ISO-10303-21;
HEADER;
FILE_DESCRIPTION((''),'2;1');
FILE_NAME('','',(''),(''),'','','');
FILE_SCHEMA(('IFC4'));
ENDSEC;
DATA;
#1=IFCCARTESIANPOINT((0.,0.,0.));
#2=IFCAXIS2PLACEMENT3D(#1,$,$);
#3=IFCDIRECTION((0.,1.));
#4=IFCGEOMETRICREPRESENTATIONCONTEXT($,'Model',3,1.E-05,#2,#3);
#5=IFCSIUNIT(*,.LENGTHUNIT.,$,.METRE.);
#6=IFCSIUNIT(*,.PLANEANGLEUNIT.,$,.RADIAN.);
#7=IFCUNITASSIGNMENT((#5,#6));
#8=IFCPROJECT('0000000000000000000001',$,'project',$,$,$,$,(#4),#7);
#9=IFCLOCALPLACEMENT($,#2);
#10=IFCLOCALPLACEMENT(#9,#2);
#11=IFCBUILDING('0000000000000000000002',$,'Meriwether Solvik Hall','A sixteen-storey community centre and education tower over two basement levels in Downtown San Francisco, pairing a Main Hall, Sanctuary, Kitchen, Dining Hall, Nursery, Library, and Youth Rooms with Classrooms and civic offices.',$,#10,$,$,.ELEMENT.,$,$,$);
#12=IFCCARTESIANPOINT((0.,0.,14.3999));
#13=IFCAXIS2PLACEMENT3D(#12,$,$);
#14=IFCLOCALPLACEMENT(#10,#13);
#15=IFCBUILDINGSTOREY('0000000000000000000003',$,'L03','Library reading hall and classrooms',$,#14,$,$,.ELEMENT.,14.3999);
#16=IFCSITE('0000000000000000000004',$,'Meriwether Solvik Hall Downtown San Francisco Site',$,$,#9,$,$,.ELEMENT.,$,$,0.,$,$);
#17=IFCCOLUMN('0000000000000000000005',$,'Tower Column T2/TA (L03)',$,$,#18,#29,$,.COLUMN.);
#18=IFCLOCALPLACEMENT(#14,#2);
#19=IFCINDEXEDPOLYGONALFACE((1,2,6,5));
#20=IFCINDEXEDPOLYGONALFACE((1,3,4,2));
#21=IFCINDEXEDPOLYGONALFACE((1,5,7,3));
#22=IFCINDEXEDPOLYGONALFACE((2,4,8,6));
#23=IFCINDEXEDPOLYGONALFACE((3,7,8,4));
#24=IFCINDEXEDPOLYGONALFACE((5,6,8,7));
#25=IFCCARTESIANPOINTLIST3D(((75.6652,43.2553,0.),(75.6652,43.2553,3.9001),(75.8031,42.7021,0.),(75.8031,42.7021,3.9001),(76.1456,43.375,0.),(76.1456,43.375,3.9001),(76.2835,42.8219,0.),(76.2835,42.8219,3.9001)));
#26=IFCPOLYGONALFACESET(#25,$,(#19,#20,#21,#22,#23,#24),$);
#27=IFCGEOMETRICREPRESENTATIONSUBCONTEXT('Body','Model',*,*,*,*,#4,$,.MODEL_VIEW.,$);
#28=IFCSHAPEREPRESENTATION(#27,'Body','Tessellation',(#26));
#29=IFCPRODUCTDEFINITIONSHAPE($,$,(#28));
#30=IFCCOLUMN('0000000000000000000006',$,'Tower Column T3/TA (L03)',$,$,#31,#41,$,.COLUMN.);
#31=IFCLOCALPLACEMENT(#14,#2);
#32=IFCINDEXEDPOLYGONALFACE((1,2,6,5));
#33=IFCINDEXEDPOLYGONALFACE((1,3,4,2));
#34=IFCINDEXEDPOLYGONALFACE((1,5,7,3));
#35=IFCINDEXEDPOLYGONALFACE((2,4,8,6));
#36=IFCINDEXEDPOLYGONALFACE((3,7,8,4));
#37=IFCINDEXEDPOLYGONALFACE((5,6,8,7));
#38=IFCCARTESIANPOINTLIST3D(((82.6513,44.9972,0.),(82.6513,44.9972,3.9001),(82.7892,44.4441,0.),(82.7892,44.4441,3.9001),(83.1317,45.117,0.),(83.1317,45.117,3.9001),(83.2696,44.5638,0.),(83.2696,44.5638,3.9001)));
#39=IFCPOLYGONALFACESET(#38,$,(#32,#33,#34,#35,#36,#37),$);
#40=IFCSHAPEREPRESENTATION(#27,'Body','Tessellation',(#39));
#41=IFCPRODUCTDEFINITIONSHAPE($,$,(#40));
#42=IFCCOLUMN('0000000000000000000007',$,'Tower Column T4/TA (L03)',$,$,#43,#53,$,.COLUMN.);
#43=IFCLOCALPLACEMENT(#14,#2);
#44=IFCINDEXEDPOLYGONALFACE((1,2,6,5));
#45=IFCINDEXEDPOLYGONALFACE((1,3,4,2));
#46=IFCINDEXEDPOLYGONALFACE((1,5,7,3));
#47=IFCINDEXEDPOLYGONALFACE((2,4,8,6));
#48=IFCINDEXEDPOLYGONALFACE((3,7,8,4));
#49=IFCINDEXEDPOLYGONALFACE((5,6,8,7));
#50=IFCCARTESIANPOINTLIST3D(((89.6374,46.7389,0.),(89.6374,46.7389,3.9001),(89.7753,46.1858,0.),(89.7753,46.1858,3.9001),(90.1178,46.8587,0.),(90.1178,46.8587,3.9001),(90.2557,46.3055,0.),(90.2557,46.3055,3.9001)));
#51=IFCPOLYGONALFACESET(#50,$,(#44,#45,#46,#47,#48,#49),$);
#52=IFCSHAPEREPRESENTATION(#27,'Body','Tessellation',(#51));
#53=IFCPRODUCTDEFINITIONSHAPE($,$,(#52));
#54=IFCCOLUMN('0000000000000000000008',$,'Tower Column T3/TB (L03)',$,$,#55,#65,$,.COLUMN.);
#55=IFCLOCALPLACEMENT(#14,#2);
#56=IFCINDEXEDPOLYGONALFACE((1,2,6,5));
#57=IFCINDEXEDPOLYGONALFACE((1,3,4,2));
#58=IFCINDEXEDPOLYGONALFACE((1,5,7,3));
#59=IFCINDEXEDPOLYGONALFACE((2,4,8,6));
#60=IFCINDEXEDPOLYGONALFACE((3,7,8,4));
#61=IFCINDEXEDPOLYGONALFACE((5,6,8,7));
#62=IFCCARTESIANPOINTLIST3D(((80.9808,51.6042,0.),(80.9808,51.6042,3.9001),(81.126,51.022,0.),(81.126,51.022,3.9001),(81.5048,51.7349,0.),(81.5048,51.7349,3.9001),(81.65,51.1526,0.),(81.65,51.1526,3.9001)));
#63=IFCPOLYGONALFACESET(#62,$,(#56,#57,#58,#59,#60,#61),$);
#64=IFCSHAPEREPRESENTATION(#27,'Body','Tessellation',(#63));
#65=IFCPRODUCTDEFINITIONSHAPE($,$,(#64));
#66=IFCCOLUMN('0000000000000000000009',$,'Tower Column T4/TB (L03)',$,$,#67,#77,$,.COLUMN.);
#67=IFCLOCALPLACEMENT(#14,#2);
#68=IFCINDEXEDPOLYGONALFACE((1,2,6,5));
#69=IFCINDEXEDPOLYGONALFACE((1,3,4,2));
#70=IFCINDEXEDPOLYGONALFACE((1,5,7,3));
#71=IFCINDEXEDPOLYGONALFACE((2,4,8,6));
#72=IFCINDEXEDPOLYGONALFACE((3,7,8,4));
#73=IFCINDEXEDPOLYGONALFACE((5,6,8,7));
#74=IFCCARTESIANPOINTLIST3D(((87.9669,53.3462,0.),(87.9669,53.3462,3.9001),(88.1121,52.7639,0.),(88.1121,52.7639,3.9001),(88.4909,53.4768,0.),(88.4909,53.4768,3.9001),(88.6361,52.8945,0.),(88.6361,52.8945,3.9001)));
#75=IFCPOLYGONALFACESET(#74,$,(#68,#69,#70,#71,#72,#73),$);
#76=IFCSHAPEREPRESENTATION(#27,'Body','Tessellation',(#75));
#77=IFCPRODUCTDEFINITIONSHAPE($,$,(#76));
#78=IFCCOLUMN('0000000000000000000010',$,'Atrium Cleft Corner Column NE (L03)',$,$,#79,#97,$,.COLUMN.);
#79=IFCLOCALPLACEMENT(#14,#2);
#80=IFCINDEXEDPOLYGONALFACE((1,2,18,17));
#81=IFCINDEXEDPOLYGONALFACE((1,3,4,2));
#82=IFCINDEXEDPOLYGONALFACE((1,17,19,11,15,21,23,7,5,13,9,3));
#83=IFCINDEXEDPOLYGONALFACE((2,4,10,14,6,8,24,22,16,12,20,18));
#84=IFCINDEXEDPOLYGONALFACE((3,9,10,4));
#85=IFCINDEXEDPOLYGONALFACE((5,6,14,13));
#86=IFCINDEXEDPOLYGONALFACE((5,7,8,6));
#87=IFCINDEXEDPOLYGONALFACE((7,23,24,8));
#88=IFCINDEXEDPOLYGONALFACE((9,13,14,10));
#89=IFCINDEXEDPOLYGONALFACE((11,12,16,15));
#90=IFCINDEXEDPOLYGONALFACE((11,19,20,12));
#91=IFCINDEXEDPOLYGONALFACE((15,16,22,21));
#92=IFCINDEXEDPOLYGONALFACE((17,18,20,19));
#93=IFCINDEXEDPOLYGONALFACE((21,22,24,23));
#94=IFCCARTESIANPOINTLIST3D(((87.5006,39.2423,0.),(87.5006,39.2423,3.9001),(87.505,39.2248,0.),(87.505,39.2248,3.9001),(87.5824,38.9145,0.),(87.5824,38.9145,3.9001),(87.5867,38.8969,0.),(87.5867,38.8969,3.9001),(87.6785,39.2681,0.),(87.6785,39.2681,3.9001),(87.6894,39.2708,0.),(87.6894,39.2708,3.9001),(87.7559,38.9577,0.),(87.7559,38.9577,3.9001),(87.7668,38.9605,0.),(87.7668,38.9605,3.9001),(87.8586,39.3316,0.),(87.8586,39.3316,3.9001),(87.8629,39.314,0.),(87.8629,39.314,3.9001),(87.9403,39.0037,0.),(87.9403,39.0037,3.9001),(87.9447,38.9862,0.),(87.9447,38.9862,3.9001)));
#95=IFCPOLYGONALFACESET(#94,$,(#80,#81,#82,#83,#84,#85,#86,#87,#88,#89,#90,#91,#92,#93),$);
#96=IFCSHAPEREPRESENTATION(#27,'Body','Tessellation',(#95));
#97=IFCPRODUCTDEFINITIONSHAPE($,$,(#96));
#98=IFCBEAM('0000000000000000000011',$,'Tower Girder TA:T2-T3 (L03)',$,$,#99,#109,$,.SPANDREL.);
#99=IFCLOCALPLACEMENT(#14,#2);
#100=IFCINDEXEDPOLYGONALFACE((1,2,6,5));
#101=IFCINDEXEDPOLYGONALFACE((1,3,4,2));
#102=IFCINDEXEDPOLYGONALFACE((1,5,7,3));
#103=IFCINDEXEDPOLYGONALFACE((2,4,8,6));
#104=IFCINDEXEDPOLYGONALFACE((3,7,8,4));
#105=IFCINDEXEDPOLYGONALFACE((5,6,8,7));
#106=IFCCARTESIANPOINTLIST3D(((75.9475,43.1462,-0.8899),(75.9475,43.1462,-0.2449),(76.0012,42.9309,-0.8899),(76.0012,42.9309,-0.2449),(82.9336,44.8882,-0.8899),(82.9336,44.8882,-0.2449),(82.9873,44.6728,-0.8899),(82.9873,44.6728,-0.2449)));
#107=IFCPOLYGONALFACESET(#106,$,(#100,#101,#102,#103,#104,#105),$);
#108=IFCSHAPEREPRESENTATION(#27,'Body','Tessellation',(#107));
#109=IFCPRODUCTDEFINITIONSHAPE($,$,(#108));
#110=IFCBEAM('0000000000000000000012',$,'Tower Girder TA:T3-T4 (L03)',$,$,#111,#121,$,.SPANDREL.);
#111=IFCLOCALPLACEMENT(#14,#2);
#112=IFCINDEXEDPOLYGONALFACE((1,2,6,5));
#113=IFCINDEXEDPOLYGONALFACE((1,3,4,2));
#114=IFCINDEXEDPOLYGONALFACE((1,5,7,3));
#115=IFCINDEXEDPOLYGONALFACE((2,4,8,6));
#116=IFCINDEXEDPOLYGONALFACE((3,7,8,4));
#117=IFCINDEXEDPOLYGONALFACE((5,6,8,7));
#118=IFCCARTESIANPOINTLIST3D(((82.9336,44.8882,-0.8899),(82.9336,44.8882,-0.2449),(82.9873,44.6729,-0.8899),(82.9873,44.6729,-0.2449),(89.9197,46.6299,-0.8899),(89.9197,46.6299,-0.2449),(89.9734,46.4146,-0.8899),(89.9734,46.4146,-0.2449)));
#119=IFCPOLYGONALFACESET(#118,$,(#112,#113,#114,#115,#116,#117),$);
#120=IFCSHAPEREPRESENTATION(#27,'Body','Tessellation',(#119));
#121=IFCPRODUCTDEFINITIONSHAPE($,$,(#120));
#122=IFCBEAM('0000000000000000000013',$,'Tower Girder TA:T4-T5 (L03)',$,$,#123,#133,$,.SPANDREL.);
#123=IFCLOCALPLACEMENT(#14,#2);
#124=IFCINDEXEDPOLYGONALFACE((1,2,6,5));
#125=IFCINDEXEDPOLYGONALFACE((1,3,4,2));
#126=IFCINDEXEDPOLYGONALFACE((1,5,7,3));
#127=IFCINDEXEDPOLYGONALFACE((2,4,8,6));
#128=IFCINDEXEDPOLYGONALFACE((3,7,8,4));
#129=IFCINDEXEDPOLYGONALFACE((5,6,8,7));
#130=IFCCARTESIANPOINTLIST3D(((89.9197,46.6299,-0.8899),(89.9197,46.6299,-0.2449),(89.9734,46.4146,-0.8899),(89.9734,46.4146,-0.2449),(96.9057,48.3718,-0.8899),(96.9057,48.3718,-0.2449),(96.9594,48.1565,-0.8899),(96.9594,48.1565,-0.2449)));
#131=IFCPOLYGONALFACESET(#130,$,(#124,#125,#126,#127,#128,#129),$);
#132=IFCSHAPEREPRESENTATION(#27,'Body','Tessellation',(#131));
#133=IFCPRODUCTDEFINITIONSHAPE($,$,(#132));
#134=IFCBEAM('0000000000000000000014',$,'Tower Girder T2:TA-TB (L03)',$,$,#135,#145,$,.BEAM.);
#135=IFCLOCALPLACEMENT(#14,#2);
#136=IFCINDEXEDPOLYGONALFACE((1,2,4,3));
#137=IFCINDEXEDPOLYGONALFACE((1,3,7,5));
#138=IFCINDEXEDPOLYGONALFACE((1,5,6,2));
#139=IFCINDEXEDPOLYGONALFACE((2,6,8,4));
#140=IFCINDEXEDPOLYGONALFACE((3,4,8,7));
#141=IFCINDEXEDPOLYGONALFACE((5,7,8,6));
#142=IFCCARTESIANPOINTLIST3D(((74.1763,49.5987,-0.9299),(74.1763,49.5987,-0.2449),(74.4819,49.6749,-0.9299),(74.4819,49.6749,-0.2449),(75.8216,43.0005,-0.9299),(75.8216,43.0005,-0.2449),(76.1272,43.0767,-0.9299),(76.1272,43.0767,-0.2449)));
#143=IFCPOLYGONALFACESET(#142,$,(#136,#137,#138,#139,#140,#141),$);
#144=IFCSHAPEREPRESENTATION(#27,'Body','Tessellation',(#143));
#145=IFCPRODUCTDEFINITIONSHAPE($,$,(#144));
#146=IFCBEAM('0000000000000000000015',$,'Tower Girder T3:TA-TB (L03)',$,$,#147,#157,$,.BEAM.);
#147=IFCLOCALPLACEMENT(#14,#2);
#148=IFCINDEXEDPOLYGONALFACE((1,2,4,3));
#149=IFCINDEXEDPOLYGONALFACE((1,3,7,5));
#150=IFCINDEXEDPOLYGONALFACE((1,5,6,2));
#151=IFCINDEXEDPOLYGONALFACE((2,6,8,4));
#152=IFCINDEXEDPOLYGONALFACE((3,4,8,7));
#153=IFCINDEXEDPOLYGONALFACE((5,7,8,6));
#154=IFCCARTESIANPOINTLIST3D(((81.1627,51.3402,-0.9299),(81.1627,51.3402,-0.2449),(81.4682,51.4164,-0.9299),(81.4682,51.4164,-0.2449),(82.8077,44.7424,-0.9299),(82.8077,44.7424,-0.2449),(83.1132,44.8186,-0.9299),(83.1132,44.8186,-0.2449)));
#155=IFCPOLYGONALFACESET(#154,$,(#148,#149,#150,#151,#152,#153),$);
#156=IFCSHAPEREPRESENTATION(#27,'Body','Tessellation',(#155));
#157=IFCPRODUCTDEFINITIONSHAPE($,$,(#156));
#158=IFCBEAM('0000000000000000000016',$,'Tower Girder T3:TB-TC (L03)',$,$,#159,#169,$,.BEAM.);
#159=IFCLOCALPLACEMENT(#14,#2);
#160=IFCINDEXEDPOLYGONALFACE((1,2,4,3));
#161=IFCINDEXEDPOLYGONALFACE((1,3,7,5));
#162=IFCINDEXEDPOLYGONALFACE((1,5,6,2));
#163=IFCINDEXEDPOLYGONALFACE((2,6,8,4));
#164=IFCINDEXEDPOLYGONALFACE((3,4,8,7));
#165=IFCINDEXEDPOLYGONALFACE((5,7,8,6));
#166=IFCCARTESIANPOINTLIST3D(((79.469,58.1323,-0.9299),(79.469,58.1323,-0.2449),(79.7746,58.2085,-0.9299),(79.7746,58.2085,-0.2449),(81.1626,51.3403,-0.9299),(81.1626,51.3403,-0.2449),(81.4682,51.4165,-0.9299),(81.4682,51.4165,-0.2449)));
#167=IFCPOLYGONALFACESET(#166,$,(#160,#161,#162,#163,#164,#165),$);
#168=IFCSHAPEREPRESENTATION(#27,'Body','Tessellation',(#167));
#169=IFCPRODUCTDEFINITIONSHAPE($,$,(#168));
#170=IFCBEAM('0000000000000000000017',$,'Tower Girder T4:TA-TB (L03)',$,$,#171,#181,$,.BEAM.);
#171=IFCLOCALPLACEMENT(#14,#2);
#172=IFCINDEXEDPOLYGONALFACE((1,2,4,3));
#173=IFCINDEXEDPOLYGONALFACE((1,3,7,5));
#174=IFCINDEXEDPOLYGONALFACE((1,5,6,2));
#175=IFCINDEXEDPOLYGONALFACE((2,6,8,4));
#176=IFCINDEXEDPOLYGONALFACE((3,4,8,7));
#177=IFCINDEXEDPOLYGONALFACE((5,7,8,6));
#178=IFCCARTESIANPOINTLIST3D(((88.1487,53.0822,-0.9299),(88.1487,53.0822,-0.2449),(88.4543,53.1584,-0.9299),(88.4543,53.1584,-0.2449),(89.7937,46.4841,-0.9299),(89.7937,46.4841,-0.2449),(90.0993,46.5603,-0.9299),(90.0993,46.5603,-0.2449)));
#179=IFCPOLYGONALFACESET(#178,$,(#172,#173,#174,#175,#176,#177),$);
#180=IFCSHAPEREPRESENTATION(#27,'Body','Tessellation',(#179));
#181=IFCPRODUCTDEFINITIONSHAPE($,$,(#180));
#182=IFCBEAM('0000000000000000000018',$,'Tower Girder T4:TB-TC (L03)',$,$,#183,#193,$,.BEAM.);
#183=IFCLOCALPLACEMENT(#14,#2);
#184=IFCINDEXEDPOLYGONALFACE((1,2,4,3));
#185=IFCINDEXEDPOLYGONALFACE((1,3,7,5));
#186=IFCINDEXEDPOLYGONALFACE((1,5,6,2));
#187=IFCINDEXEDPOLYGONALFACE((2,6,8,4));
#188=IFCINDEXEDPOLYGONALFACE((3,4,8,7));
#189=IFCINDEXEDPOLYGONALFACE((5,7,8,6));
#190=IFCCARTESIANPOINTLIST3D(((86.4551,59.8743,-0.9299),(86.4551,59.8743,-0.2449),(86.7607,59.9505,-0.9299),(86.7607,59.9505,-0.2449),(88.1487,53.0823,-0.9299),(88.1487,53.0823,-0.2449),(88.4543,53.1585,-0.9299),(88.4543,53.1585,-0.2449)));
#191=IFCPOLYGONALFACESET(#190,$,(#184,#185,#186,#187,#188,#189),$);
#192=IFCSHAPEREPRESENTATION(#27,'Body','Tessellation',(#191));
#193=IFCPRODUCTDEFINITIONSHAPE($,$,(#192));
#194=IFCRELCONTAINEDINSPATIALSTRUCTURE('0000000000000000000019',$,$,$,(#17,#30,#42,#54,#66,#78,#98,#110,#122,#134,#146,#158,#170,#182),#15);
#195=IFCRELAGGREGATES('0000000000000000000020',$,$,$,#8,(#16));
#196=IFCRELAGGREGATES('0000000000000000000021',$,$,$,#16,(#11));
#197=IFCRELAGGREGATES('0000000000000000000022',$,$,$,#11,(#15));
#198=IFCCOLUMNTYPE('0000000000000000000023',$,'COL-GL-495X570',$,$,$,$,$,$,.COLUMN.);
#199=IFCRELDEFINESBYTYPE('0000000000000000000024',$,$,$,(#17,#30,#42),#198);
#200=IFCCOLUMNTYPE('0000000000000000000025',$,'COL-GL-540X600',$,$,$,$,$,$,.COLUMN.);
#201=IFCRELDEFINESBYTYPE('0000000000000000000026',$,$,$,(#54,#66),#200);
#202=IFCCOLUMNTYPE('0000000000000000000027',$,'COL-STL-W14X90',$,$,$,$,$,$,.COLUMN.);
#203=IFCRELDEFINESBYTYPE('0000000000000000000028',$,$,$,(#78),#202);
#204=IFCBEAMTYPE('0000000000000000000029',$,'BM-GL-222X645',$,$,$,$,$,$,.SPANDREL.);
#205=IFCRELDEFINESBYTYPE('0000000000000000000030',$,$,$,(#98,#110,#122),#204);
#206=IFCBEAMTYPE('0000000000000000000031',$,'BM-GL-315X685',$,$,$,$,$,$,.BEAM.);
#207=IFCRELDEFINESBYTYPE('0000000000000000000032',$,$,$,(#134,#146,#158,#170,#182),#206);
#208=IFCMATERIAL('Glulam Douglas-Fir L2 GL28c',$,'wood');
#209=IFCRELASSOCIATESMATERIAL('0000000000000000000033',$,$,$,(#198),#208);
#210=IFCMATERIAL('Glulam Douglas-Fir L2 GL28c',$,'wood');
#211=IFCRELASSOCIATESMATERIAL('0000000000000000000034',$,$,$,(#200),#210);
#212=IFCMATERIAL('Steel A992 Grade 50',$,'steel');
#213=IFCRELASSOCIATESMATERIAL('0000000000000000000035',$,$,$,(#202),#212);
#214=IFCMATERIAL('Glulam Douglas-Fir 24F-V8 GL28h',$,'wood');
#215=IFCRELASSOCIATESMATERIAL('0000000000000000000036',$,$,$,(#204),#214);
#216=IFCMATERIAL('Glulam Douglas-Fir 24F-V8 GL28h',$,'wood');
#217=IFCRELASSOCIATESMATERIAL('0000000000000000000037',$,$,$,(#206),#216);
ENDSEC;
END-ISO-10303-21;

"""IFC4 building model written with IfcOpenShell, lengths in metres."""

from ifc_helpers import new_model, si_unit, direction, frame, origin, origin_2d, place, context, subcontext, project, spatial, rectangle, i_section, extrude, material, material_profile, profile_set, type_object, element, save


model = new_model("IFC4")

# Units and contexts
model_context = context("Model", 3, precision=1e-05, world=origin(), true_north=direction((0.0, 1.0)))
body_context = subcontext(model_context, "Body", "Model", "MODEL_VIEW")
ifc_project = project(units=[si_unit("LENGTHUNIT", "METRE"), si_unit("PLANEANGLEUNIT", "RADIAN")], contexts=[model_context])

# Site, building, storey
site_placement = place(None, origin())
site = spatial("IfcSite", under=ifc_project, at=site_placement, Name="Meriwether Solvik Hall Downtown San Francisco Site", CompositionType="ELEMENT", RefElevation=0.0)
building_placement = place(site_placement, origin())
building = spatial("IfcBuilding", under=site, at=building_placement, Name="Meriwether Solvik Hall", Description="A sixteen-storey community centre and education tower over two basement levels in Downtown San Francisco, pairing a Main Hall, Sanctuary, Kitchen, Dining Hall, Nursery, Library, and Youth Rooms with Classrooms and civic offices.", CompositionType="ELEMENT")
storey_placement = place(building_placement, frame((0.0, 0.0, 14.3999)))
storey = spatial("IfcBuildingStorey", under=building, at=storey_placement, Name="L03", Description="Library reading hall and classrooms", CompositionType="ELEMENT", Elevation=14.3999)

# Columns
ifc_material_1 = material(Name="Glulam Douglas-Fir L2 GL28c", Category="wood")
ifc_material_profile_1 = material_profile(ifc_material_1, rectangle(XDim=0.4951, YDim=0.5701, at=origin_2d()), Name="GLC-495X570")
ifc_profile_set_1 = profile_set([ifc_material_profile_1], Name="Glulam Douglas-Fir L2 GL28c")
column_type_1 = type_object("IfcColumnType", Name="COL-GL-495X570", PredefinedType="COLUMN", material=ifc_profile_set_1)
for number, where, z_axis, x_axis, name in (
    (1, (75.9744, 43.0386, 0.0), (0.0, 0.0, 1.0), (0.970296, 0.241922, 0.0), "Tower Column T2/TA (L03)"),
    (2, (82.9604, 44.7805, 0.0), (0.0, 0.0, 1.0), (0.970296, 0.241922, 0.0), "Tower Column T3/TA (L03)"),
    (3, (89.9465, 46.5222, 0.0), (0.0, 0.0, 1.0), (0.970296, 0.241922, 0.0), "Tower Column T4/TA (L03)"),
):
    element("IfcColumn", number, at=place(storey_placement, frame(where, z_axis=z_axis, x_axis=x_axis)), inside=storey, type_object=column_type_1, Name=name, PredefinedType="COLUMN", context=body_context, shape_type="SweptSolid", body=[
        extrude(rectangle(XDim=0.4951, YDim=0.5701, at=origin_2d()), origin(), (0.0, 0.0, 1.0), 3.9001),
    ])
ifc_material_2 = material(Name="Glulam Douglas-Fir L2 GL28c", Category="wood")
ifc_material_profile_2 = material_profile(ifc_material_2, rectangle(XDim=0.54, YDim=0.6001, at=origin_2d()), Name="GLC-540X600")
ifc_profile_set_2 = profile_set([ifc_material_profile_2], Name="Glulam Douglas-Fir L2 GL28c")
column_type_2 = type_object("IfcColumnType", Name="COL-GL-540X600", PredefinedType="COLUMN", material=ifc_profile_set_2)
for number, where, z_axis, x_axis, name in (
    (4, (81.3154, 51.3784, 0.0), (0.0, 0.0, 1.0), (0.970296, 0.241922, 0.0), "Tower Column T3/TB (L03)"),
    (5, (88.3015, 53.1204, 0.0), (0.0, 0.0, 1.0), (0.970296, 0.241922, 0.0), "Tower Column T4/TB (L03)"),
):
    element("IfcColumn", number, at=place(storey_placement, frame(where, z_axis=z_axis, x_axis=x_axis)), inside=storey, type_object=column_type_2, Name=name, PredefinedType="COLUMN", context=body_context, shape_type="SweptSolid", body=[
        extrude(rectangle(XDim=0.54, YDim=0.6001, at=origin_2d()), origin(), (0.0, 0.0, 1.0), 3.9001),
    ])
ifc_material_3 = material(Name="Steel A992 Grade 50", Category="steel")
ifc_material_profile_3 = material_profile(ifc_material_3, i_section(OverallWidth=0.3689, OverallDepth=0.356, WebThickness=0.0112, FlangeThickness=0.0181, at=origin_2d()), Name="W14X90")
ifc_profile_set_3 = profile_set([ifc_material_profile_3], Name="Steel A992 Grade 50")
column_type_3 = type_object("IfcColumnType", Name="COL-STL-W14X90", PredefinedType="COLUMN", material=ifc_profile_set_3)
column_placement = place(storey_placement, frame((87.7227, 39.1143, 0.0), z_axis=(0.0, 0.0, 1.0), x_axis=(0.970296, 0.241922, 0.0)))
element("IfcColumn", 6, at=column_placement, inside=storey, type_object=column_type_3, Name="Atrium Cleft Corner Column NE (L03)", PredefinedType="COLUMN", context=body_context, shape_type="SweptSolid", body=[
    extrude(i_section(OverallWidth=0.3689, OverallDepth=0.356, WebThickness=0.0112, FlangeThickness=0.0181, at=origin_2d()), origin(), (0.0, 0.0, 1.0), 3.9001),
])

# Beams
ifc_material_4 = material(Name="Glulam Douglas-Fir 24F-V8 GL28h", Category="wood")
ifc_material_profile_4 = material_profile(ifc_material_4, rectangle(XDim=0.2219, YDim=0.645, at=origin_2d()), Name="GLB-222X645")
ifc_profile_set_4 = profile_set([ifc_material_profile_4], Name="Glulam Douglas-Fir 24F-V8 GL28h")
beam_type_1 = type_object("IfcBeamType", Name="BM-GL-222X645", PredefinedType="SPANDREL", material=ifc_profile_set_4)
for number, where, z_axis, x_axis, name in (
    (7, (75.9744, 43.0386, -0.5674), (0.970292, 0.241937, 0.0), (-0.241937, 0.970292, 0.0), "Tower Girder TA:T2-T3 (L03)"),
    (8, (82.9604, 44.7805, -0.5674), (0.9703, 0.241905, 0.0), (-0.241905, 0.9703, 0.0), "Tower Girder TA:T3-T4 (L03)"),
    (9, (89.9465, 46.5222, -0.5674), (0.970292, 0.241937, 0.0), (-0.241937, 0.970292, 0.0), "Tower Girder TA:T4-T5 (L03)"),
):
    element("IfcBeam", number, at=place(storey_placement, frame(where, z_axis=z_axis, x_axis=x_axis)), inside=storey, type_object=beam_type_1, Name=name, PredefinedType="SPANDREL", context=body_context, shape_type="SweptSolid", body=[
        extrude(rectangle(XDim=0.2219, YDim=0.645, at=origin_2d()), origin(), (0.0, 0.0, 1.0), 7.2),
    ])
ifc_material_5 = material(Name="Glulam Douglas-Fir 24F-V8 GL28h", Category="wood")
ifc_material_profile_5 = material_profile(ifc_material_5, rectangle(XDim=0.3149, YDim=0.6851, at=origin_2d()), Name="GLB-315X685")
ifc_profile_set_5 = profile_set([ifc_material_profile_5], Name="Glulam Douglas-Fir 24F-V8 GL28h")
beam_type_2 = type_object("IfcBeamType", Name="BM-GL-315X685", PredefinedType="BEAM", material=ifc_profile_set_5)
beam_1_placement = place(storey_placement, frame((75.9744, 43.0386, -0.5874), z_axis=(-0.241944, 0.97029, 0.0), x_axis=(-0.97029, -0.241944, 0.0)))
element("IfcBeam", 10, at=beam_1_placement, inside=storey, type_object=beam_type_2, Name="Tower Girder T2:TA-TB (L03)", PredefinedType="BEAM", context=body_context, shape_type="SweptSolid", body=[
    extrude(rectangle(XDim=0.3149, YDim=0.6851, at=origin_2d()), origin(), (0.0, 0.0, 1.0), 6.8003),
])
beam_2_placement = place(storey_placement, frame((82.9604, 44.7805, -0.5874), z_axis=(-0.241919, 0.970296, 0.0), x_axis=(-0.970296, -0.241919, 0.0)))
element("IfcBeam", 11, at=beam_2_placement, inside=storey, type_object=beam_type_2, Name="Tower Girder T3:TA-TB (L03)", PredefinedType="BEAM", context=body_context, shape_type="SweptSolid", body=[
    extrude(rectangle(XDim=0.3149, YDim=0.6851, at=origin_2d()), origin(), (0.0, 0.0, 1.0), 6.7998),
])
beam_3_placement = place(storey_placement, frame((81.3154, 51.3784, -0.5874), z_axis=(-0.241945, 0.97029, 0.0), x_axis=(-0.97029, -0.241945, 0.0)))
element("IfcBeam", 12, at=beam_3_placement, inside=storey, type_object=beam_type_2, Name="Tower Girder T3:TB-TC (L03)", PredefinedType="BEAM", context=body_context, shape_type="SweptSolid", body=[
    extrude(rectangle(XDim=0.3149, YDim=0.6851, at=origin_2d()), origin(), (0.0, 0.0, 1.0), 7.0),
])
beam_4_placement = place(storey_placement, frame((89.9465, 46.5222, -0.5874), z_axis=(-0.24191, 0.970299, 0.0), x_axis=(-0.970299, -0.24191, 0.0)))
element("IfcBeam", 13, at=beam_4_placement, inside=storey, type_object=beam_type_2, Name="Tower Girder T4:TA-TB (L03)", PredefinedType="BEAM", context=body_context, shape_type="SweptSolid", body=[
    extrude(rectangle(XDim=0.3149, YDim=0.6851, at=origin_2d()), origin(), (0.0, 0.0, 1.0), 6.8),
])
beam_5_placement = place(storey_placement, frame((88.3015, 53.1204, -0.5874), z_axis=(-0.241945, 0.97029, 0.0), x_axis=(-0.97029, -0.241945, 0.0)))
element("IfcBeam", 14, at=beam_5_placement, inside=storey, type_object=beam_type_2, Name="Tower Girder T4:TB-TC (L03)", PredefinedType="BEAM", context=body_context, shape_type="SweptSolid", body=[
    extrude(rectangle(XDim=0.3149, YDim=0.6851, at=origin_2d()), origin(), (0.0, 0.0, 1.0), 7.0),
])

save(model, "model.ifc")
